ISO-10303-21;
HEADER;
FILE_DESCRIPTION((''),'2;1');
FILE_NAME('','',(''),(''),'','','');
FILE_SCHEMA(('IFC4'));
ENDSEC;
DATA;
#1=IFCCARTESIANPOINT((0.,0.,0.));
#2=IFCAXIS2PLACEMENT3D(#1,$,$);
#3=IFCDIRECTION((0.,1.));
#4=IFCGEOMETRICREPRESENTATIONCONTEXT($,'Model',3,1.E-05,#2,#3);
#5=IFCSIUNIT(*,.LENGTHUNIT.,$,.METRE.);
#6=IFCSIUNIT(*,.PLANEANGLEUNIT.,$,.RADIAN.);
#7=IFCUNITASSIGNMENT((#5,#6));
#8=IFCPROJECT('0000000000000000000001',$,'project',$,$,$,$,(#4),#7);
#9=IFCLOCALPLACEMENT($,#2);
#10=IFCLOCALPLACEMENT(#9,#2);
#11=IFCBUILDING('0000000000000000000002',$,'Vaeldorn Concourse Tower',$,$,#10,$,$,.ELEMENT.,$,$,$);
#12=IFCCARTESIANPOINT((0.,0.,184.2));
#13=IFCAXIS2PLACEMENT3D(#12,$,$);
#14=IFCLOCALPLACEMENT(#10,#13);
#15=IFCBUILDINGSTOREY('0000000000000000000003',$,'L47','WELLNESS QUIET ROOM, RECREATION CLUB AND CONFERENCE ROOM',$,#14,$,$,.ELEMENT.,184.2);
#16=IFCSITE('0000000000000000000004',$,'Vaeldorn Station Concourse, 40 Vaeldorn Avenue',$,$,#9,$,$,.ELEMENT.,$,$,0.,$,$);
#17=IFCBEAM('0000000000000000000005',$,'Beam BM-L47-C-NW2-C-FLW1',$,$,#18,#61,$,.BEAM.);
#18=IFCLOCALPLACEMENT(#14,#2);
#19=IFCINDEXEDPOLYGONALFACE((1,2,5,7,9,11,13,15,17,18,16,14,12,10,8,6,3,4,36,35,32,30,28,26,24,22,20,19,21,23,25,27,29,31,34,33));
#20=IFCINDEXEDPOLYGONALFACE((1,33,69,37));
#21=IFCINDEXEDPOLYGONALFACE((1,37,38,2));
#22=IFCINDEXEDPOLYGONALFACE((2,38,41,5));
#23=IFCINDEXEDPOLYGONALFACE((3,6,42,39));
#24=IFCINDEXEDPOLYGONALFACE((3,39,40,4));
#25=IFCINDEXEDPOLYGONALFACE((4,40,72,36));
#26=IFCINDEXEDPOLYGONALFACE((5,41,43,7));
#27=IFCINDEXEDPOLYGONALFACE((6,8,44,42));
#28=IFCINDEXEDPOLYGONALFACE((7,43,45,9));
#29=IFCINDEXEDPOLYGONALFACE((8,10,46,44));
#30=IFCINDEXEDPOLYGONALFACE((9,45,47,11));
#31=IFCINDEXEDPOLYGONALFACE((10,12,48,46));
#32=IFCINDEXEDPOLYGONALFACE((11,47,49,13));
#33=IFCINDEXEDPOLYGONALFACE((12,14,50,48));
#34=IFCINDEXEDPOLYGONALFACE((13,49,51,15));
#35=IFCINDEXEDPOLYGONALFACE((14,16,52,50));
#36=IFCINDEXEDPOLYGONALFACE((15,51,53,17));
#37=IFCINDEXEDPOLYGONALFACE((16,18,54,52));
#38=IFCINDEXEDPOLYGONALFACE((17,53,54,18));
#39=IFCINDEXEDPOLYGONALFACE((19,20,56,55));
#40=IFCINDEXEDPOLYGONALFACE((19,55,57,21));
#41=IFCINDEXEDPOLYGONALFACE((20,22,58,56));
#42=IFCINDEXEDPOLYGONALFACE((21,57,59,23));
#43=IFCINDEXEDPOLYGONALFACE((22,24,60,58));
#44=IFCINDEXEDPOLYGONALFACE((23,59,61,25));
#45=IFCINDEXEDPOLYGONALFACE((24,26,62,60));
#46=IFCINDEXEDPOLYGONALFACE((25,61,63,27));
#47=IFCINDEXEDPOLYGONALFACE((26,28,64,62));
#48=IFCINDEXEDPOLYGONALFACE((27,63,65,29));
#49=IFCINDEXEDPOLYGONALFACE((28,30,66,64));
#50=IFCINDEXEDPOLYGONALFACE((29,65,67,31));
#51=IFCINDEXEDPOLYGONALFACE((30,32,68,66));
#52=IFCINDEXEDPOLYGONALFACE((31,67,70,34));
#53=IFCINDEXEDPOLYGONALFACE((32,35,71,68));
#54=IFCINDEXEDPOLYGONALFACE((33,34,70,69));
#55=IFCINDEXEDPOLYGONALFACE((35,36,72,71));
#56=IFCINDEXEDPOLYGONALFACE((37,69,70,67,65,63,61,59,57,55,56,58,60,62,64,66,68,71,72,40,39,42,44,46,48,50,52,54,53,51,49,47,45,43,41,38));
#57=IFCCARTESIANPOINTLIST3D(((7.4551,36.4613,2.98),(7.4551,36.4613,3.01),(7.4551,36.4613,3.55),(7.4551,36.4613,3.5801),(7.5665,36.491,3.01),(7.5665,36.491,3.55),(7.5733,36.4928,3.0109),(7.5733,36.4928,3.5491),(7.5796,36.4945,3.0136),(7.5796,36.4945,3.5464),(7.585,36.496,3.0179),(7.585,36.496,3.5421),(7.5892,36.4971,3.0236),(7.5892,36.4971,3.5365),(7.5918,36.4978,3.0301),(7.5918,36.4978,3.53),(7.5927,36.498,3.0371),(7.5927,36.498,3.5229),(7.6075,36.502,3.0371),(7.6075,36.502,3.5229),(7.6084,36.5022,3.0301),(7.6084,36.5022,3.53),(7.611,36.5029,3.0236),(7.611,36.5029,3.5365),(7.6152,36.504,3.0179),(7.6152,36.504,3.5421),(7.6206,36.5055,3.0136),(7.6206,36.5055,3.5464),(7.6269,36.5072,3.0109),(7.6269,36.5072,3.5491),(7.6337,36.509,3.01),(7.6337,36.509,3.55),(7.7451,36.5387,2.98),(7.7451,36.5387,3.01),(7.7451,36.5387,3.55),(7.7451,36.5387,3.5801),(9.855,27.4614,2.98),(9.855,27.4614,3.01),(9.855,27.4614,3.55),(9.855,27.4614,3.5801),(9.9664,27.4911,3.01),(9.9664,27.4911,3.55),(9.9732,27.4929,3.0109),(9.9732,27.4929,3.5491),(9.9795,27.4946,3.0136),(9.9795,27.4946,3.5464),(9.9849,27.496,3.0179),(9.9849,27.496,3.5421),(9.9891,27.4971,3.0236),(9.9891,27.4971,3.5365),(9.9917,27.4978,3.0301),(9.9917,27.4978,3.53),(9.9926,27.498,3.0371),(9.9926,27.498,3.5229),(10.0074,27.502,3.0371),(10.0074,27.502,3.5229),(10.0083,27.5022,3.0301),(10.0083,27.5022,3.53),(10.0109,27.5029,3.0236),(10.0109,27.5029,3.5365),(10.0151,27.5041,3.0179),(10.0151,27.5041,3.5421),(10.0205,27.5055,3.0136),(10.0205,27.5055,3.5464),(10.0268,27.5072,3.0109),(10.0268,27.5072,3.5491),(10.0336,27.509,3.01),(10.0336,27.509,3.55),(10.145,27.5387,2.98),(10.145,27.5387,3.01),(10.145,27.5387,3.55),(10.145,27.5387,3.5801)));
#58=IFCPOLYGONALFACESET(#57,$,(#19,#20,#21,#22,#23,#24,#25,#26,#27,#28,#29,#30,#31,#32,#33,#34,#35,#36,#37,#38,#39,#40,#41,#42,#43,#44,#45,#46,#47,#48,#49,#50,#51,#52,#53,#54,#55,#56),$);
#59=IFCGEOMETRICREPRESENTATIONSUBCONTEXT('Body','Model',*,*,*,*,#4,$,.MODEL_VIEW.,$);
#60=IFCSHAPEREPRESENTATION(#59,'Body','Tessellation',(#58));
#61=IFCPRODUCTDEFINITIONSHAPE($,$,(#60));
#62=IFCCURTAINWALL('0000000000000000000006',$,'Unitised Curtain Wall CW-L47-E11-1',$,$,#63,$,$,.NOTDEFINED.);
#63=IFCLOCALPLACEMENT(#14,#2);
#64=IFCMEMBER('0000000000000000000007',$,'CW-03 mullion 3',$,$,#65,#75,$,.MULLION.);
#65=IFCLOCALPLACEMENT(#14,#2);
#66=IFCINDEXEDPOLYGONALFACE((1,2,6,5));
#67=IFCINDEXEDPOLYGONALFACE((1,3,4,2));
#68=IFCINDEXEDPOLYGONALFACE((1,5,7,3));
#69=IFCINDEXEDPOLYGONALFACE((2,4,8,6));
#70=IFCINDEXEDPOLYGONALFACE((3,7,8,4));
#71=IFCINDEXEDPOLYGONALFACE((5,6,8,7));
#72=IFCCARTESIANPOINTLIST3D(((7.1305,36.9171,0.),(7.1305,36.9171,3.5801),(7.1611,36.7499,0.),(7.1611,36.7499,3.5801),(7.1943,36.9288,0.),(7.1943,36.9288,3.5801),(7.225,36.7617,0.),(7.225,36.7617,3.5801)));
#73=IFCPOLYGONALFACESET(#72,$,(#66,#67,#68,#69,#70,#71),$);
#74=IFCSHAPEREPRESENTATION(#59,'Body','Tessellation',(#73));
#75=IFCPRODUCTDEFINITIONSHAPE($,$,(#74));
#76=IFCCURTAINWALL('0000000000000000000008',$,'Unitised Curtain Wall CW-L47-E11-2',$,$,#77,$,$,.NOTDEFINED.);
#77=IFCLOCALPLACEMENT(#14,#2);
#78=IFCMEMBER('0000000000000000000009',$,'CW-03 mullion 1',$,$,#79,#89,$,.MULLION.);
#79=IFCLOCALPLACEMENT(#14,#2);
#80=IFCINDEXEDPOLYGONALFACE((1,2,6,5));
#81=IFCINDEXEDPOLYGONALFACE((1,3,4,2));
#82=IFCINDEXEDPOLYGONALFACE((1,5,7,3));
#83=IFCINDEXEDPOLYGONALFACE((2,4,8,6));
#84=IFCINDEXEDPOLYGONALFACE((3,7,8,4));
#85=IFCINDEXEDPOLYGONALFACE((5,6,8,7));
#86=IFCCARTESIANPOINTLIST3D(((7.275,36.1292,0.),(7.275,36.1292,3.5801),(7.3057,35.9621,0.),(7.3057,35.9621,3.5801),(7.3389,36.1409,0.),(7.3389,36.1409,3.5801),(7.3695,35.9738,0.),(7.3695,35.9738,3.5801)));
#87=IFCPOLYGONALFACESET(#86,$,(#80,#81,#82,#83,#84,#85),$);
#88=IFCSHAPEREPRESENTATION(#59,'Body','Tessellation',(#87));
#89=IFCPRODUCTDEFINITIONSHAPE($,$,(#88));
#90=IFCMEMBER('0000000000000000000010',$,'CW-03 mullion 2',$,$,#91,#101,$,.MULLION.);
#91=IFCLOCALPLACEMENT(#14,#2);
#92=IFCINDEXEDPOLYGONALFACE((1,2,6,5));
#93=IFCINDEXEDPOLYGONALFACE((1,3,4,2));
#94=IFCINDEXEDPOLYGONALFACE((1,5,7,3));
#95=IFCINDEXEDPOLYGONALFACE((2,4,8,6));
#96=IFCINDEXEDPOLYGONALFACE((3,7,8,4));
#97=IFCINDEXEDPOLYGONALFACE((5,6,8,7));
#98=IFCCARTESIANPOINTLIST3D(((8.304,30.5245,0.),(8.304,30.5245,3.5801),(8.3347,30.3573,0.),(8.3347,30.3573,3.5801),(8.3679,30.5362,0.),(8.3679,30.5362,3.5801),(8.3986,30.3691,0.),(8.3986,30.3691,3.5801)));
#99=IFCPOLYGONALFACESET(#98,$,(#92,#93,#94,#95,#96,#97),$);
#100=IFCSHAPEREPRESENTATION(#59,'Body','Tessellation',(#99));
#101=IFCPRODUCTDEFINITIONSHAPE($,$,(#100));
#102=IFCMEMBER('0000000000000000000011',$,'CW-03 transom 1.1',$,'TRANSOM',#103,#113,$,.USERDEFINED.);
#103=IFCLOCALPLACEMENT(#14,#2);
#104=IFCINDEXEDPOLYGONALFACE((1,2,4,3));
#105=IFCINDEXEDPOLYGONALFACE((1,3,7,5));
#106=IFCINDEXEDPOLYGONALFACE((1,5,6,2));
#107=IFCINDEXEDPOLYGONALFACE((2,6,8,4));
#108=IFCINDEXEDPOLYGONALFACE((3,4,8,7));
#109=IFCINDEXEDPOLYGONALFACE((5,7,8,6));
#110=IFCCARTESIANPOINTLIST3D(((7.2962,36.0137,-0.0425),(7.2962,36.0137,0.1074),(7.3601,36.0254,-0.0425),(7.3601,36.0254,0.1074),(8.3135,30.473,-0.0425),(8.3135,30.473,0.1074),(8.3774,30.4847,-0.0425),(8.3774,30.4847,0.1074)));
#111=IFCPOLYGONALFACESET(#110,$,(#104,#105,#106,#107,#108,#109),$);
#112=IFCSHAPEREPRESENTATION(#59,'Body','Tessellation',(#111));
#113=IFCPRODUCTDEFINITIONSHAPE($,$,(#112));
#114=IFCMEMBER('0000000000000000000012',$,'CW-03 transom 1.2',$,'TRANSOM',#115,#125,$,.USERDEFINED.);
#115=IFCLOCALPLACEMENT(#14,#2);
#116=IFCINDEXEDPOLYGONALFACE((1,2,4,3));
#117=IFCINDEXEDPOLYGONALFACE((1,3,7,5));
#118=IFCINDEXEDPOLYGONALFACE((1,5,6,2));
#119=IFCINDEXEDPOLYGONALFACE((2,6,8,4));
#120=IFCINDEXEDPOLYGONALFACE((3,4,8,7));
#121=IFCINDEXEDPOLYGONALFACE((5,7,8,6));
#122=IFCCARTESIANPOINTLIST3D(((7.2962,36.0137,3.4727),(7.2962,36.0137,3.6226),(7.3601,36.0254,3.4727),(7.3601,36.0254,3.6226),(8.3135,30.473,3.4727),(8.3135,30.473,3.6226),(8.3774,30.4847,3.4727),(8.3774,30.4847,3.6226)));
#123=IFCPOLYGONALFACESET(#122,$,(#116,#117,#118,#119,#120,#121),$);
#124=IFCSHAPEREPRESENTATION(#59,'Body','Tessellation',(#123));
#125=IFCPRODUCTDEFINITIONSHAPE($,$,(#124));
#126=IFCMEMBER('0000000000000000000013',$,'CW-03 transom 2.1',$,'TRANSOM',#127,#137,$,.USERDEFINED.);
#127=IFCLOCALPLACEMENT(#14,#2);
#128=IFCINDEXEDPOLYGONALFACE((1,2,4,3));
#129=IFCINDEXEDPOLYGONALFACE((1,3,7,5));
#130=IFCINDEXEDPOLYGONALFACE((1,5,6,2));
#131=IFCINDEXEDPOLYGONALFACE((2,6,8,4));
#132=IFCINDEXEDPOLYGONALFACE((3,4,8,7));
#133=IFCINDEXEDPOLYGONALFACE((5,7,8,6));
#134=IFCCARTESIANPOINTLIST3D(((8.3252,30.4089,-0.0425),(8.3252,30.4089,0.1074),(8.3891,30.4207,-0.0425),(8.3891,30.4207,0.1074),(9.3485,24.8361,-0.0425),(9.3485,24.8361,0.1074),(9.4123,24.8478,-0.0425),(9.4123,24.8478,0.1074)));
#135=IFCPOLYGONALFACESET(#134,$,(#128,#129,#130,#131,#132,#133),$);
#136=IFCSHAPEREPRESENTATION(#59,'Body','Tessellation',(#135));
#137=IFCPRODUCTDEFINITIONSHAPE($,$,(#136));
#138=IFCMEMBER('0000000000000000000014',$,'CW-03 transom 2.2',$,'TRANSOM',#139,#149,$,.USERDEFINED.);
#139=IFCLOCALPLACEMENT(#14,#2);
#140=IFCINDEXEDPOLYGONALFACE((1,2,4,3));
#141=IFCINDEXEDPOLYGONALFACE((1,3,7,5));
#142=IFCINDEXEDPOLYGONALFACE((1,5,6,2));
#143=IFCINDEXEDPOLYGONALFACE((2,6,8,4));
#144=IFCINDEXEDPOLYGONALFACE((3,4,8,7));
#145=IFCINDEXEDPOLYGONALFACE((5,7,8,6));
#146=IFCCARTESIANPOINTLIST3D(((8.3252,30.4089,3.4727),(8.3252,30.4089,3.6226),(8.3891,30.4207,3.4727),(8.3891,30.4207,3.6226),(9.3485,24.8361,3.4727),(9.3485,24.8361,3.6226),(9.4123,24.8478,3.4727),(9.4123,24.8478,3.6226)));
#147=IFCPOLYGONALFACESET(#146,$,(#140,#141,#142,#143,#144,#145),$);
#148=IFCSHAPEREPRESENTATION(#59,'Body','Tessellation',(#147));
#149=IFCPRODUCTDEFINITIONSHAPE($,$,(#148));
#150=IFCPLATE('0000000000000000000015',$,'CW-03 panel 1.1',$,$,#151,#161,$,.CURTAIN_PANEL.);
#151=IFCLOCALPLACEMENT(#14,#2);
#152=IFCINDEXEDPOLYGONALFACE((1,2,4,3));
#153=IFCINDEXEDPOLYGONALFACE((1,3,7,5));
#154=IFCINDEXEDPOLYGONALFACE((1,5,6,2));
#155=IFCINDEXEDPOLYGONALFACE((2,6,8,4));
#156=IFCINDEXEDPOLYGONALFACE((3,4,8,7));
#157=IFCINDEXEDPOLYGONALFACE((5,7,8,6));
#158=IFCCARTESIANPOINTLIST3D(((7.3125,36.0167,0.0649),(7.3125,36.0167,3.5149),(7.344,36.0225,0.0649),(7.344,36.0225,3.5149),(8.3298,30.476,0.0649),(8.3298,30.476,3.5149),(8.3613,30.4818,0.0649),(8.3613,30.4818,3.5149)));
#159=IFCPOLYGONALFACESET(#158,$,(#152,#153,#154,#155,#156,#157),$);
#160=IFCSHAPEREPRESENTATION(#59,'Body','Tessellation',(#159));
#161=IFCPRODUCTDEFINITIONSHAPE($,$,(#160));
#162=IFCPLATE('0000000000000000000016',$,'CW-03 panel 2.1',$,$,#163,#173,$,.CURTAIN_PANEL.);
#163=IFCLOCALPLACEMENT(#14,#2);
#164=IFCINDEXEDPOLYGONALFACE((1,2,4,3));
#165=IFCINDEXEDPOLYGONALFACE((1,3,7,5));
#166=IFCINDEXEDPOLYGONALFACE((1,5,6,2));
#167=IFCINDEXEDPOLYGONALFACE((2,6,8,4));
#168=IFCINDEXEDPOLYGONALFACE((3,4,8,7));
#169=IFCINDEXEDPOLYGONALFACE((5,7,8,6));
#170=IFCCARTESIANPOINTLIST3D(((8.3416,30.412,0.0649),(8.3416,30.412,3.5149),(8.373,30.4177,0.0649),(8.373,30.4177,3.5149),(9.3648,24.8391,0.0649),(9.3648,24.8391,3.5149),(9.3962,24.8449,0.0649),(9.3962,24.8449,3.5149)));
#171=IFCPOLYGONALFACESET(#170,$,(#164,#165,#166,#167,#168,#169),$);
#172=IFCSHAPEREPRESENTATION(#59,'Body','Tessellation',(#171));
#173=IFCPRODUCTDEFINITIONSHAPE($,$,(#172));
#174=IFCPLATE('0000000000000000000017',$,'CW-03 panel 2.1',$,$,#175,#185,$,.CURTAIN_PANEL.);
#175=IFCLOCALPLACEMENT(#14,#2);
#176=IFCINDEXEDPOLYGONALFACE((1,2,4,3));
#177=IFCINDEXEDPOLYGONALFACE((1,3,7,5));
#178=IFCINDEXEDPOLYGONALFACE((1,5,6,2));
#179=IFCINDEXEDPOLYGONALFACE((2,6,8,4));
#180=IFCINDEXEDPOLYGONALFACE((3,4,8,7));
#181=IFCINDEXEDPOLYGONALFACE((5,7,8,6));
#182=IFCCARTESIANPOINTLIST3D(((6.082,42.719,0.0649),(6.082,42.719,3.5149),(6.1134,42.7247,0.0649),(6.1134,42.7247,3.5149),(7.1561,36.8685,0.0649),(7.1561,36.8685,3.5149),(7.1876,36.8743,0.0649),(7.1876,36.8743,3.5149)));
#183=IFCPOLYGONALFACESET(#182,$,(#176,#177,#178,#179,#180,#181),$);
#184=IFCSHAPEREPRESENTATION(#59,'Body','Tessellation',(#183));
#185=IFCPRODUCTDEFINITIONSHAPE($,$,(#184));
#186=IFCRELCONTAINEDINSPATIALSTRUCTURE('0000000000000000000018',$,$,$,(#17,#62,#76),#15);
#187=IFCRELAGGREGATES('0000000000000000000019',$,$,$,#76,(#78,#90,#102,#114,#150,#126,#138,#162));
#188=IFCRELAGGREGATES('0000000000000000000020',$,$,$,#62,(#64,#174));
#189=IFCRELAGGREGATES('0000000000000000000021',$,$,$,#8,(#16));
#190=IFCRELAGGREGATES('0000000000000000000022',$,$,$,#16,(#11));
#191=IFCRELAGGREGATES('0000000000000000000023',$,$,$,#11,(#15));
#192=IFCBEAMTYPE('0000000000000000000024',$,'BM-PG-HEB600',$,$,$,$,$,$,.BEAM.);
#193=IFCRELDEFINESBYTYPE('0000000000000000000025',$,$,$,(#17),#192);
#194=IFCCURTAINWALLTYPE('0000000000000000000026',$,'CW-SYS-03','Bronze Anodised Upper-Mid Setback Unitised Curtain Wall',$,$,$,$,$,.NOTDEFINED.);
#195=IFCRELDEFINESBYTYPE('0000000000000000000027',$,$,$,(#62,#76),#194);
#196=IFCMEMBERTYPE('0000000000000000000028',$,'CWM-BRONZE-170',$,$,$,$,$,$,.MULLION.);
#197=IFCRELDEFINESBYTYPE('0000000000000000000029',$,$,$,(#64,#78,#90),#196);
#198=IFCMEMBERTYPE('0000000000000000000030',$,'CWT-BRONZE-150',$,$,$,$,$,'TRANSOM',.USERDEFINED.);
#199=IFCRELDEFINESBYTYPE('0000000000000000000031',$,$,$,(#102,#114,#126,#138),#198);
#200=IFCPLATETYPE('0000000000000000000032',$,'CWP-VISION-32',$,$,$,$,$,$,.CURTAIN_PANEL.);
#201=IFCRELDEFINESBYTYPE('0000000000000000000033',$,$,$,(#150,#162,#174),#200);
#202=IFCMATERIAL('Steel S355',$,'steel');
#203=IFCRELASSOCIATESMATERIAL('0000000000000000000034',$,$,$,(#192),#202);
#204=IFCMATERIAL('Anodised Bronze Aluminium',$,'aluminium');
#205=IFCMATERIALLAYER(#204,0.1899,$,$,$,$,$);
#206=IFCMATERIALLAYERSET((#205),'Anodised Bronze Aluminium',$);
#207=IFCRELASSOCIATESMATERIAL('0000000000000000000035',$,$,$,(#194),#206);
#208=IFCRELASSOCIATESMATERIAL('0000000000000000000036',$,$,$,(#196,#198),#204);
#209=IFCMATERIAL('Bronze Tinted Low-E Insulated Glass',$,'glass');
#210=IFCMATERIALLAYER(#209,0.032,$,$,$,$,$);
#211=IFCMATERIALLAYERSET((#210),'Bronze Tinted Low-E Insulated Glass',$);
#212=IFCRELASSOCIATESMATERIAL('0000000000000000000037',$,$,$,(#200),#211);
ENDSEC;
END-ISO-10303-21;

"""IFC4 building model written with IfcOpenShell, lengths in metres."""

from ifc_helpers import new_model, si_unit, direction, frame, origin, origin_2d, place, context, subcontext, project, spatial, rectangle, i_section, extrude, source, transform, mapped, material, layer, layer_set, material_profile, profile_set, type_object, element, aggregate, save


model = new_model("IFC4")

# Units and contexts
model_context = context("Model", 3, precision=1e-05, world=origin(), true_north=direction((0.0, 1.0)))
body_context = subcontext(model_context, "Body", "Model", "MODEL_VIEW")
ifc_project = project(units=[si_unit("LENGTHUNIT", "METRE"), si_unit("PLANEANGLEUNIT", "RADIAN")], contexts=[model_context])

# Site, building, storey
site_placement = place(None, origin())
site = spatial("IfcSite", under=ifc_project, at=site_placement, Name="Vaeldorn Station Concourse, 40 Vaeldorn Avenue", CompositionType="ELEMENT", RefElevation=0.0)
building_placement = place(site_placement, origin())
building = spatial("IfcBuilding", under=site, at=building_placement, Name="Vaeldorn Concourse Tower", CompositionType="ELEMENT")
storey_placement = place(building_placement, frame((0.0, 0.0, 184.2)))
storey = spatial("IfcBuildingStorey", under=building, at=storey_placement, Name="L47", Description="WELLNESS QUIET ROOM, RECREATION CLUB AND CONFERENCE ROOM", CompositionType="ELEMENT", Elevation=184.2)

# Beam
ifc_material_1 = material(Name="Steel S355", Category="steel")
ifc_material_profile_1 = material_profile(ifc_material_1, i_section(OverallWidth=0.3, OverallDepth=0.6001, WebThickness=0.0154, FlangeThickness=0.03, FilletRadius=0.0271, at=origin_2d()), Name="HEB 600")
ifc_profile_set_1 = profile_set([ifc_material_profile_1], Name="Steel S355")
beam_type_1 = type_object("IfcBeamType", Name="BM-PG-HEB600", PredefinedType="BEAM", material=ifc_profile_set_1)
shared_shape_1 = source(origin(), body_context, "Body", "SweptSolid", [
    extrude(i_section(OverallWidth=0.3, OverallDepth=0.6001, WebThickness=0.0154, FlangeThickness=0.03, FilletRadius=0.0271, at=origin_2d()), origin(), (0.0, 0.0, 1.0), 9.3145),
])
beam_1_placement = place(storey_placement, frame((7.6001, 36.5, 3.28), z_axis=(0.257653, -0.966238, 0.0), x_axis=(0.966238, 0.257653, 0.0)))
element("IfcBeam", 1, at=beam_1_placement, inside=storey, type_object=beam_type_1, Name="Beam BM-L47-C-NW2-C-FLW1", PredefinedType="BEAM", context=body_context, shape_type="MappedRepresentation", body=[
    mapped(shared_shape_1, transform((0.0, 0.0, 0.0), scale=1.0)),
])

# Curtain wall, member
ifc_material_2 = material(Name="Anodised Bronze Aluminium", Category="aluminium")
ifc_layer_1 = layer(ifc_material_2, 0.1899)
ifc_layer_set_1 = layer_set([ifc_layer_1], Name="Anodised Bronze Aluminium")
curtain_wall_type = type_object("IfcCurtainWallType", Name="CW-SYS-03", Description="Bronze Anodised Upper-Mid Setback Unitised Curtain Wall", PredefinedType="NOTDEFINED", material=ifc_layer_set_1)
curtain_wall_1_placement = place(storey_placement, origin())
curtain_wall_1 = element("IfcCurtainWall", 2, at=curtain_wall_1_placement, inside=storey, type_object=curtain_wall_type, Name="Unitised Curtain Wall CW-L47-E11-1", PredefinedType="NOTDEFINED")
ifc_material_profile_2 = material_profile(ifc_material_2, rectangle(XDim=0.0649, YDim=0.1699, at=origin_2d()), Name="CWM 65x170")
ifc_profile_set_2 = profile_set([ifc_material_profile_2], Name="Anodised Bronze Aluminium")
member_type_1 = type_object("IfcMemberType", Name="CWM-BRONZE-170", PredefinedType="MULLION", material=ifc_profile_set_2)
shared_shape_2 = source(origin(), body_context, "Body", "SweptSolid", [
    extrude(rectangle(XDim=0.0649, YDim=0.1699, at=origin_2d()), origin(), (0.0, 0.0, 1.0), 3.5801),
])
member_1_placement = place(storey_placement, frame((7.1777, 36.8394, 0.0), z_axis=(0.0, 0.0, 1.0), x_axis=(0.983559, 0.180585, 0.0)))
member_1 = element("IfcMember", 3, at=member_1_placement, type_object=member_type_1, Name="CW-03 mullion 3", PredefinedType="MULLION", context=body_context, shape_type="MappedRepresentation", body=[
    mapped(shared_shape_2, transform((0.0, 0.0, 0.0), scale=1.0)),
])

# Curtain wall, members, plates
curtain_wall_2_placement = place(storey_placement, origin())
curtain_wall_2 = element("IfcCurtainWall", 4, at=curtain_wall_2_placement, inside=storey, type_object=curtain_wall_type, Name="Unitised Curtain Wall CW-L47-E11-2", PredefinedType="NOTDEFINED")
member_2_placement = place(storey_placement, frame((7.3223, 36.0515, 0.0), z_axis=(0.0, 0.0, 1.0), x_axis=(0.983559, 0.180585, 0.0)))
member_2 = element("IfcMember", 5, at=member_2_placement, type_object=member_type_1, Name="CW-03 mullion 1", PredefinedType="MULLION", context=body_context, shape_type="MappedRepresentation", body=[
    mapped(shared_shape_2, transform((0.0, 0.0, 0.0), scale=1.0)),
])
member_3_placement = place(storey_placement, frame((8.3513, 30.4468, 0.0), z_axis=(0.0, 0.0, 1.0), x_axis=(0.983559, 0.180585, 0.0)))
member_3 = element("IfcMember", 6, at=member_3_placement, type_object=member_type_1, Name="CW-03 mullion 2", PredefinedType="MULLION", context=body_context, shape_type="MappedRepresentation", body=[
    mapped(shared_shape_2, transform((0.0, 0.0, 0.0), scale=1.0)),
])
ifc_material_profile_3 = material_profile(ifc_material_2, rectangle(XDim=0.0649, YDim=0.1499, at=origin_2d()), Name="CWT 65x150")
ifc_profile_set_3 = profile_set([ifc_material_profile_3], Name="Anodised Bronze Aluminium")
member_type_2 = type_object("IfcMemberType", Name="CWT-BRONZE-150", ElementType="TRANSOM", PredefinedType="USERDEFINED", material=ifc_profile_set_3)
shared_shape_3 = source(origin(), body_context, "Body", "SweptSolid", [
    extrude(rectangle(XDim=0.0649, YDim=0.1499, at=origin_2d()), origin(), (0.0, 0.0, 1.0), 5.6333),
])
member_4_placement = place(storey_placement, frame((7.3281, 36.0195, 0.0325), z_axis=(0.18059, -0.983558, 0.0), x_axis=(0.983558, 0.18059, 0.0)))
member_4 = element("IfcMember", 7, at=member_4_placement, type_object=member_type_2, Name="CW-03 transom 1.1", ObjectType="TRANSOM", PredefinedType="USERDEFINED", context=body_context, shape_type="MappedRepresentation", body=[
    mapped(shared_shape_3, transform((0.0, 0.0, 0.0), scale=1.0)),
])
member_5_placement = place(storey_placement, frame((7.3281, 36.0195, 3.5476), z_axis=(0.18059, -0.983558, 0.0), x_axis=(0.983558, 0.18059, 0.0)))
member_5 = element("IfcMember", 8, at=member_5_placement, type_object=member_type_2, Name="CW-03 transom 1.2", ObjectType="TRANSOM", PredefinedType="USERDEFINED", context=body_context, shape_type="MappedRepresentation", body=[
    mapped(shared_shape_3, transform((0.0, 0.0, 0.0), scale=1.0)),
])
shared_shape_4 = source(origin(), body_context, "Body", "SweptSolid", [
    extrude(rectangle(XDim=0.0649, YDim=0.1499, at=origin_2d()), origin(), (0.0, 0.0, 1.0), 5.666),
])
member_6_placement = place(storey_placement, frame((8.3572, 30.4148, 0.0325), z_axis=(0.180588, -0.983559, 0.0), x_axis=(0.983559, 0.180588, 0.0)))
member_6 = element("IfcMember", 9, at=member_6_placement, type_object=member_type_2, Name="CW-03 transom 2.1", ObjectType="TRANSOM", PredefinedType="USERDEFINED", context=body_context, shape_type="MappedRepresentation", body=[
    mapped(shared_shape_4, transform((0.0, 0.0, 0.0), scale=1.0)),
])
member_7_placement = place(storey_placement, frame((8.3572, 30.4148, 3.5476), z_axis=(0.180588, -0.983559, 0.0), x_axis=(0.983559, 0.180588, 0.0)))
member_7 = element("IfcMember", 10, at=member_7_placement, type_object=member_type_2, Name="CW-03 transom 2.2", ObjectType="TRANSOM", PredefinedType="USERDEFINED", context=body_context, shape_type="MappedRepresentation", body=[
    mapped(shared_shape_4, transform((0.0, 0.0, 0.0), scale=1.0)),
])
ifc_material_3 = material(Name="Bronze Tinted Low-E Insulated Glass", Category="glass")
ifc_layer_2 = layer(ifc_material_3, 0.032)
ifc_layer_set_2 = layer_set([ifc_layer_2], Name="Bronze Tinted Low-E Insulated Glass")
plate_type = type_object("IfcPlateType", Name="CWP-VISION-32", PredefinedType="CURTAIN_PANEL", material=ifc_layer_set_2)
shared_shape_5 = source(origin(), body_context, "Body", "SweptSolid", [
    extrude(rectangle(XDim=5.6333, YDim=0.032, at=origin_2d()), origin(), (0.0, 0.0, 1.0), 3.45),
])
plate_1_placement = place(storey_placement, frame((7.8369, 33.2493, 0.0649), z_axis=(0.0, 0.0, 1.0), x_axis=(0.180585, -0.983559, 0.0)))
plate_1 = element("IfcPlate", 11, at=plate_1_placement, type_object=plate_type, Name="CW-03 panel 1.1", PredefinedType="CURTAIN_PANEL", context=body_context, shape_type="MappedRepresentation", body=[
    mapped(shared_shape_5, transform((0.0, 0.0, 0.0), scale=1.0)),
])
shared_shape_6 = source(origin(), body_context, "Body", "SweptSolid", [
    extrude(rectangle(XDim=5.666, YDim=0.032, at=origin_2d()), origin(), (0.0, 0.0, 1.0), 3.45),
])
plate_2_placement = place(storey_placement, frame((8.8689, 27.6284, 0.0649), z_axis=(0.0, 0.0, 1.0), x_axis=(0.180585, -0.983559, 0.0)))
plate_2 = element("IfcPlate", 12, at=plate_2_placement, type_object=plate_type, Name="CW-03 panel 2.1", PredefinedType="CURTAIN_PANEL", context=body_context, shape_type="MappedRepresentation", body=[
    mapped(shared_shape_6, transform((0.0, 0.0, 0.0), scale=1.0)),
])
aggregate(curtain_wall_2, [member_2, member_3, member_4, member_5, plate_1, member_6, member_7, plate_2])

# Plate
shared_shape_7 = source(origin(), body_context, "Body", "SweptSolid", [
    extrude(rectangle(XDim=5.9482, YDim=0.032, at=origin_2d()), origin(), (0.0, 0.0, 1.0), 3.45),
])
plate_3_placement = place(storey_placement, frame((6.6348, 39.7966, 0.0649), z_axis=(0.0, 0.0, 1.0), x_axis=(0.180585, -0.983559, 0.0)))
plate_3 = element("IfcPlate", 13, at=plate_3_placement, type_object=plate_type, Name="CW-03 panel 2.1", PredefinedType="CURTAIN_PANEL", context=body_context, shape_type="MappedRepresentation", body=[
    mapped(shared_shape_7, transform((0.0, 0.0, 0.0), scale=1.0)),
])
aggregate(curtain_wall_1, [member_1, plate_3])

save(model, "model.ifc")
